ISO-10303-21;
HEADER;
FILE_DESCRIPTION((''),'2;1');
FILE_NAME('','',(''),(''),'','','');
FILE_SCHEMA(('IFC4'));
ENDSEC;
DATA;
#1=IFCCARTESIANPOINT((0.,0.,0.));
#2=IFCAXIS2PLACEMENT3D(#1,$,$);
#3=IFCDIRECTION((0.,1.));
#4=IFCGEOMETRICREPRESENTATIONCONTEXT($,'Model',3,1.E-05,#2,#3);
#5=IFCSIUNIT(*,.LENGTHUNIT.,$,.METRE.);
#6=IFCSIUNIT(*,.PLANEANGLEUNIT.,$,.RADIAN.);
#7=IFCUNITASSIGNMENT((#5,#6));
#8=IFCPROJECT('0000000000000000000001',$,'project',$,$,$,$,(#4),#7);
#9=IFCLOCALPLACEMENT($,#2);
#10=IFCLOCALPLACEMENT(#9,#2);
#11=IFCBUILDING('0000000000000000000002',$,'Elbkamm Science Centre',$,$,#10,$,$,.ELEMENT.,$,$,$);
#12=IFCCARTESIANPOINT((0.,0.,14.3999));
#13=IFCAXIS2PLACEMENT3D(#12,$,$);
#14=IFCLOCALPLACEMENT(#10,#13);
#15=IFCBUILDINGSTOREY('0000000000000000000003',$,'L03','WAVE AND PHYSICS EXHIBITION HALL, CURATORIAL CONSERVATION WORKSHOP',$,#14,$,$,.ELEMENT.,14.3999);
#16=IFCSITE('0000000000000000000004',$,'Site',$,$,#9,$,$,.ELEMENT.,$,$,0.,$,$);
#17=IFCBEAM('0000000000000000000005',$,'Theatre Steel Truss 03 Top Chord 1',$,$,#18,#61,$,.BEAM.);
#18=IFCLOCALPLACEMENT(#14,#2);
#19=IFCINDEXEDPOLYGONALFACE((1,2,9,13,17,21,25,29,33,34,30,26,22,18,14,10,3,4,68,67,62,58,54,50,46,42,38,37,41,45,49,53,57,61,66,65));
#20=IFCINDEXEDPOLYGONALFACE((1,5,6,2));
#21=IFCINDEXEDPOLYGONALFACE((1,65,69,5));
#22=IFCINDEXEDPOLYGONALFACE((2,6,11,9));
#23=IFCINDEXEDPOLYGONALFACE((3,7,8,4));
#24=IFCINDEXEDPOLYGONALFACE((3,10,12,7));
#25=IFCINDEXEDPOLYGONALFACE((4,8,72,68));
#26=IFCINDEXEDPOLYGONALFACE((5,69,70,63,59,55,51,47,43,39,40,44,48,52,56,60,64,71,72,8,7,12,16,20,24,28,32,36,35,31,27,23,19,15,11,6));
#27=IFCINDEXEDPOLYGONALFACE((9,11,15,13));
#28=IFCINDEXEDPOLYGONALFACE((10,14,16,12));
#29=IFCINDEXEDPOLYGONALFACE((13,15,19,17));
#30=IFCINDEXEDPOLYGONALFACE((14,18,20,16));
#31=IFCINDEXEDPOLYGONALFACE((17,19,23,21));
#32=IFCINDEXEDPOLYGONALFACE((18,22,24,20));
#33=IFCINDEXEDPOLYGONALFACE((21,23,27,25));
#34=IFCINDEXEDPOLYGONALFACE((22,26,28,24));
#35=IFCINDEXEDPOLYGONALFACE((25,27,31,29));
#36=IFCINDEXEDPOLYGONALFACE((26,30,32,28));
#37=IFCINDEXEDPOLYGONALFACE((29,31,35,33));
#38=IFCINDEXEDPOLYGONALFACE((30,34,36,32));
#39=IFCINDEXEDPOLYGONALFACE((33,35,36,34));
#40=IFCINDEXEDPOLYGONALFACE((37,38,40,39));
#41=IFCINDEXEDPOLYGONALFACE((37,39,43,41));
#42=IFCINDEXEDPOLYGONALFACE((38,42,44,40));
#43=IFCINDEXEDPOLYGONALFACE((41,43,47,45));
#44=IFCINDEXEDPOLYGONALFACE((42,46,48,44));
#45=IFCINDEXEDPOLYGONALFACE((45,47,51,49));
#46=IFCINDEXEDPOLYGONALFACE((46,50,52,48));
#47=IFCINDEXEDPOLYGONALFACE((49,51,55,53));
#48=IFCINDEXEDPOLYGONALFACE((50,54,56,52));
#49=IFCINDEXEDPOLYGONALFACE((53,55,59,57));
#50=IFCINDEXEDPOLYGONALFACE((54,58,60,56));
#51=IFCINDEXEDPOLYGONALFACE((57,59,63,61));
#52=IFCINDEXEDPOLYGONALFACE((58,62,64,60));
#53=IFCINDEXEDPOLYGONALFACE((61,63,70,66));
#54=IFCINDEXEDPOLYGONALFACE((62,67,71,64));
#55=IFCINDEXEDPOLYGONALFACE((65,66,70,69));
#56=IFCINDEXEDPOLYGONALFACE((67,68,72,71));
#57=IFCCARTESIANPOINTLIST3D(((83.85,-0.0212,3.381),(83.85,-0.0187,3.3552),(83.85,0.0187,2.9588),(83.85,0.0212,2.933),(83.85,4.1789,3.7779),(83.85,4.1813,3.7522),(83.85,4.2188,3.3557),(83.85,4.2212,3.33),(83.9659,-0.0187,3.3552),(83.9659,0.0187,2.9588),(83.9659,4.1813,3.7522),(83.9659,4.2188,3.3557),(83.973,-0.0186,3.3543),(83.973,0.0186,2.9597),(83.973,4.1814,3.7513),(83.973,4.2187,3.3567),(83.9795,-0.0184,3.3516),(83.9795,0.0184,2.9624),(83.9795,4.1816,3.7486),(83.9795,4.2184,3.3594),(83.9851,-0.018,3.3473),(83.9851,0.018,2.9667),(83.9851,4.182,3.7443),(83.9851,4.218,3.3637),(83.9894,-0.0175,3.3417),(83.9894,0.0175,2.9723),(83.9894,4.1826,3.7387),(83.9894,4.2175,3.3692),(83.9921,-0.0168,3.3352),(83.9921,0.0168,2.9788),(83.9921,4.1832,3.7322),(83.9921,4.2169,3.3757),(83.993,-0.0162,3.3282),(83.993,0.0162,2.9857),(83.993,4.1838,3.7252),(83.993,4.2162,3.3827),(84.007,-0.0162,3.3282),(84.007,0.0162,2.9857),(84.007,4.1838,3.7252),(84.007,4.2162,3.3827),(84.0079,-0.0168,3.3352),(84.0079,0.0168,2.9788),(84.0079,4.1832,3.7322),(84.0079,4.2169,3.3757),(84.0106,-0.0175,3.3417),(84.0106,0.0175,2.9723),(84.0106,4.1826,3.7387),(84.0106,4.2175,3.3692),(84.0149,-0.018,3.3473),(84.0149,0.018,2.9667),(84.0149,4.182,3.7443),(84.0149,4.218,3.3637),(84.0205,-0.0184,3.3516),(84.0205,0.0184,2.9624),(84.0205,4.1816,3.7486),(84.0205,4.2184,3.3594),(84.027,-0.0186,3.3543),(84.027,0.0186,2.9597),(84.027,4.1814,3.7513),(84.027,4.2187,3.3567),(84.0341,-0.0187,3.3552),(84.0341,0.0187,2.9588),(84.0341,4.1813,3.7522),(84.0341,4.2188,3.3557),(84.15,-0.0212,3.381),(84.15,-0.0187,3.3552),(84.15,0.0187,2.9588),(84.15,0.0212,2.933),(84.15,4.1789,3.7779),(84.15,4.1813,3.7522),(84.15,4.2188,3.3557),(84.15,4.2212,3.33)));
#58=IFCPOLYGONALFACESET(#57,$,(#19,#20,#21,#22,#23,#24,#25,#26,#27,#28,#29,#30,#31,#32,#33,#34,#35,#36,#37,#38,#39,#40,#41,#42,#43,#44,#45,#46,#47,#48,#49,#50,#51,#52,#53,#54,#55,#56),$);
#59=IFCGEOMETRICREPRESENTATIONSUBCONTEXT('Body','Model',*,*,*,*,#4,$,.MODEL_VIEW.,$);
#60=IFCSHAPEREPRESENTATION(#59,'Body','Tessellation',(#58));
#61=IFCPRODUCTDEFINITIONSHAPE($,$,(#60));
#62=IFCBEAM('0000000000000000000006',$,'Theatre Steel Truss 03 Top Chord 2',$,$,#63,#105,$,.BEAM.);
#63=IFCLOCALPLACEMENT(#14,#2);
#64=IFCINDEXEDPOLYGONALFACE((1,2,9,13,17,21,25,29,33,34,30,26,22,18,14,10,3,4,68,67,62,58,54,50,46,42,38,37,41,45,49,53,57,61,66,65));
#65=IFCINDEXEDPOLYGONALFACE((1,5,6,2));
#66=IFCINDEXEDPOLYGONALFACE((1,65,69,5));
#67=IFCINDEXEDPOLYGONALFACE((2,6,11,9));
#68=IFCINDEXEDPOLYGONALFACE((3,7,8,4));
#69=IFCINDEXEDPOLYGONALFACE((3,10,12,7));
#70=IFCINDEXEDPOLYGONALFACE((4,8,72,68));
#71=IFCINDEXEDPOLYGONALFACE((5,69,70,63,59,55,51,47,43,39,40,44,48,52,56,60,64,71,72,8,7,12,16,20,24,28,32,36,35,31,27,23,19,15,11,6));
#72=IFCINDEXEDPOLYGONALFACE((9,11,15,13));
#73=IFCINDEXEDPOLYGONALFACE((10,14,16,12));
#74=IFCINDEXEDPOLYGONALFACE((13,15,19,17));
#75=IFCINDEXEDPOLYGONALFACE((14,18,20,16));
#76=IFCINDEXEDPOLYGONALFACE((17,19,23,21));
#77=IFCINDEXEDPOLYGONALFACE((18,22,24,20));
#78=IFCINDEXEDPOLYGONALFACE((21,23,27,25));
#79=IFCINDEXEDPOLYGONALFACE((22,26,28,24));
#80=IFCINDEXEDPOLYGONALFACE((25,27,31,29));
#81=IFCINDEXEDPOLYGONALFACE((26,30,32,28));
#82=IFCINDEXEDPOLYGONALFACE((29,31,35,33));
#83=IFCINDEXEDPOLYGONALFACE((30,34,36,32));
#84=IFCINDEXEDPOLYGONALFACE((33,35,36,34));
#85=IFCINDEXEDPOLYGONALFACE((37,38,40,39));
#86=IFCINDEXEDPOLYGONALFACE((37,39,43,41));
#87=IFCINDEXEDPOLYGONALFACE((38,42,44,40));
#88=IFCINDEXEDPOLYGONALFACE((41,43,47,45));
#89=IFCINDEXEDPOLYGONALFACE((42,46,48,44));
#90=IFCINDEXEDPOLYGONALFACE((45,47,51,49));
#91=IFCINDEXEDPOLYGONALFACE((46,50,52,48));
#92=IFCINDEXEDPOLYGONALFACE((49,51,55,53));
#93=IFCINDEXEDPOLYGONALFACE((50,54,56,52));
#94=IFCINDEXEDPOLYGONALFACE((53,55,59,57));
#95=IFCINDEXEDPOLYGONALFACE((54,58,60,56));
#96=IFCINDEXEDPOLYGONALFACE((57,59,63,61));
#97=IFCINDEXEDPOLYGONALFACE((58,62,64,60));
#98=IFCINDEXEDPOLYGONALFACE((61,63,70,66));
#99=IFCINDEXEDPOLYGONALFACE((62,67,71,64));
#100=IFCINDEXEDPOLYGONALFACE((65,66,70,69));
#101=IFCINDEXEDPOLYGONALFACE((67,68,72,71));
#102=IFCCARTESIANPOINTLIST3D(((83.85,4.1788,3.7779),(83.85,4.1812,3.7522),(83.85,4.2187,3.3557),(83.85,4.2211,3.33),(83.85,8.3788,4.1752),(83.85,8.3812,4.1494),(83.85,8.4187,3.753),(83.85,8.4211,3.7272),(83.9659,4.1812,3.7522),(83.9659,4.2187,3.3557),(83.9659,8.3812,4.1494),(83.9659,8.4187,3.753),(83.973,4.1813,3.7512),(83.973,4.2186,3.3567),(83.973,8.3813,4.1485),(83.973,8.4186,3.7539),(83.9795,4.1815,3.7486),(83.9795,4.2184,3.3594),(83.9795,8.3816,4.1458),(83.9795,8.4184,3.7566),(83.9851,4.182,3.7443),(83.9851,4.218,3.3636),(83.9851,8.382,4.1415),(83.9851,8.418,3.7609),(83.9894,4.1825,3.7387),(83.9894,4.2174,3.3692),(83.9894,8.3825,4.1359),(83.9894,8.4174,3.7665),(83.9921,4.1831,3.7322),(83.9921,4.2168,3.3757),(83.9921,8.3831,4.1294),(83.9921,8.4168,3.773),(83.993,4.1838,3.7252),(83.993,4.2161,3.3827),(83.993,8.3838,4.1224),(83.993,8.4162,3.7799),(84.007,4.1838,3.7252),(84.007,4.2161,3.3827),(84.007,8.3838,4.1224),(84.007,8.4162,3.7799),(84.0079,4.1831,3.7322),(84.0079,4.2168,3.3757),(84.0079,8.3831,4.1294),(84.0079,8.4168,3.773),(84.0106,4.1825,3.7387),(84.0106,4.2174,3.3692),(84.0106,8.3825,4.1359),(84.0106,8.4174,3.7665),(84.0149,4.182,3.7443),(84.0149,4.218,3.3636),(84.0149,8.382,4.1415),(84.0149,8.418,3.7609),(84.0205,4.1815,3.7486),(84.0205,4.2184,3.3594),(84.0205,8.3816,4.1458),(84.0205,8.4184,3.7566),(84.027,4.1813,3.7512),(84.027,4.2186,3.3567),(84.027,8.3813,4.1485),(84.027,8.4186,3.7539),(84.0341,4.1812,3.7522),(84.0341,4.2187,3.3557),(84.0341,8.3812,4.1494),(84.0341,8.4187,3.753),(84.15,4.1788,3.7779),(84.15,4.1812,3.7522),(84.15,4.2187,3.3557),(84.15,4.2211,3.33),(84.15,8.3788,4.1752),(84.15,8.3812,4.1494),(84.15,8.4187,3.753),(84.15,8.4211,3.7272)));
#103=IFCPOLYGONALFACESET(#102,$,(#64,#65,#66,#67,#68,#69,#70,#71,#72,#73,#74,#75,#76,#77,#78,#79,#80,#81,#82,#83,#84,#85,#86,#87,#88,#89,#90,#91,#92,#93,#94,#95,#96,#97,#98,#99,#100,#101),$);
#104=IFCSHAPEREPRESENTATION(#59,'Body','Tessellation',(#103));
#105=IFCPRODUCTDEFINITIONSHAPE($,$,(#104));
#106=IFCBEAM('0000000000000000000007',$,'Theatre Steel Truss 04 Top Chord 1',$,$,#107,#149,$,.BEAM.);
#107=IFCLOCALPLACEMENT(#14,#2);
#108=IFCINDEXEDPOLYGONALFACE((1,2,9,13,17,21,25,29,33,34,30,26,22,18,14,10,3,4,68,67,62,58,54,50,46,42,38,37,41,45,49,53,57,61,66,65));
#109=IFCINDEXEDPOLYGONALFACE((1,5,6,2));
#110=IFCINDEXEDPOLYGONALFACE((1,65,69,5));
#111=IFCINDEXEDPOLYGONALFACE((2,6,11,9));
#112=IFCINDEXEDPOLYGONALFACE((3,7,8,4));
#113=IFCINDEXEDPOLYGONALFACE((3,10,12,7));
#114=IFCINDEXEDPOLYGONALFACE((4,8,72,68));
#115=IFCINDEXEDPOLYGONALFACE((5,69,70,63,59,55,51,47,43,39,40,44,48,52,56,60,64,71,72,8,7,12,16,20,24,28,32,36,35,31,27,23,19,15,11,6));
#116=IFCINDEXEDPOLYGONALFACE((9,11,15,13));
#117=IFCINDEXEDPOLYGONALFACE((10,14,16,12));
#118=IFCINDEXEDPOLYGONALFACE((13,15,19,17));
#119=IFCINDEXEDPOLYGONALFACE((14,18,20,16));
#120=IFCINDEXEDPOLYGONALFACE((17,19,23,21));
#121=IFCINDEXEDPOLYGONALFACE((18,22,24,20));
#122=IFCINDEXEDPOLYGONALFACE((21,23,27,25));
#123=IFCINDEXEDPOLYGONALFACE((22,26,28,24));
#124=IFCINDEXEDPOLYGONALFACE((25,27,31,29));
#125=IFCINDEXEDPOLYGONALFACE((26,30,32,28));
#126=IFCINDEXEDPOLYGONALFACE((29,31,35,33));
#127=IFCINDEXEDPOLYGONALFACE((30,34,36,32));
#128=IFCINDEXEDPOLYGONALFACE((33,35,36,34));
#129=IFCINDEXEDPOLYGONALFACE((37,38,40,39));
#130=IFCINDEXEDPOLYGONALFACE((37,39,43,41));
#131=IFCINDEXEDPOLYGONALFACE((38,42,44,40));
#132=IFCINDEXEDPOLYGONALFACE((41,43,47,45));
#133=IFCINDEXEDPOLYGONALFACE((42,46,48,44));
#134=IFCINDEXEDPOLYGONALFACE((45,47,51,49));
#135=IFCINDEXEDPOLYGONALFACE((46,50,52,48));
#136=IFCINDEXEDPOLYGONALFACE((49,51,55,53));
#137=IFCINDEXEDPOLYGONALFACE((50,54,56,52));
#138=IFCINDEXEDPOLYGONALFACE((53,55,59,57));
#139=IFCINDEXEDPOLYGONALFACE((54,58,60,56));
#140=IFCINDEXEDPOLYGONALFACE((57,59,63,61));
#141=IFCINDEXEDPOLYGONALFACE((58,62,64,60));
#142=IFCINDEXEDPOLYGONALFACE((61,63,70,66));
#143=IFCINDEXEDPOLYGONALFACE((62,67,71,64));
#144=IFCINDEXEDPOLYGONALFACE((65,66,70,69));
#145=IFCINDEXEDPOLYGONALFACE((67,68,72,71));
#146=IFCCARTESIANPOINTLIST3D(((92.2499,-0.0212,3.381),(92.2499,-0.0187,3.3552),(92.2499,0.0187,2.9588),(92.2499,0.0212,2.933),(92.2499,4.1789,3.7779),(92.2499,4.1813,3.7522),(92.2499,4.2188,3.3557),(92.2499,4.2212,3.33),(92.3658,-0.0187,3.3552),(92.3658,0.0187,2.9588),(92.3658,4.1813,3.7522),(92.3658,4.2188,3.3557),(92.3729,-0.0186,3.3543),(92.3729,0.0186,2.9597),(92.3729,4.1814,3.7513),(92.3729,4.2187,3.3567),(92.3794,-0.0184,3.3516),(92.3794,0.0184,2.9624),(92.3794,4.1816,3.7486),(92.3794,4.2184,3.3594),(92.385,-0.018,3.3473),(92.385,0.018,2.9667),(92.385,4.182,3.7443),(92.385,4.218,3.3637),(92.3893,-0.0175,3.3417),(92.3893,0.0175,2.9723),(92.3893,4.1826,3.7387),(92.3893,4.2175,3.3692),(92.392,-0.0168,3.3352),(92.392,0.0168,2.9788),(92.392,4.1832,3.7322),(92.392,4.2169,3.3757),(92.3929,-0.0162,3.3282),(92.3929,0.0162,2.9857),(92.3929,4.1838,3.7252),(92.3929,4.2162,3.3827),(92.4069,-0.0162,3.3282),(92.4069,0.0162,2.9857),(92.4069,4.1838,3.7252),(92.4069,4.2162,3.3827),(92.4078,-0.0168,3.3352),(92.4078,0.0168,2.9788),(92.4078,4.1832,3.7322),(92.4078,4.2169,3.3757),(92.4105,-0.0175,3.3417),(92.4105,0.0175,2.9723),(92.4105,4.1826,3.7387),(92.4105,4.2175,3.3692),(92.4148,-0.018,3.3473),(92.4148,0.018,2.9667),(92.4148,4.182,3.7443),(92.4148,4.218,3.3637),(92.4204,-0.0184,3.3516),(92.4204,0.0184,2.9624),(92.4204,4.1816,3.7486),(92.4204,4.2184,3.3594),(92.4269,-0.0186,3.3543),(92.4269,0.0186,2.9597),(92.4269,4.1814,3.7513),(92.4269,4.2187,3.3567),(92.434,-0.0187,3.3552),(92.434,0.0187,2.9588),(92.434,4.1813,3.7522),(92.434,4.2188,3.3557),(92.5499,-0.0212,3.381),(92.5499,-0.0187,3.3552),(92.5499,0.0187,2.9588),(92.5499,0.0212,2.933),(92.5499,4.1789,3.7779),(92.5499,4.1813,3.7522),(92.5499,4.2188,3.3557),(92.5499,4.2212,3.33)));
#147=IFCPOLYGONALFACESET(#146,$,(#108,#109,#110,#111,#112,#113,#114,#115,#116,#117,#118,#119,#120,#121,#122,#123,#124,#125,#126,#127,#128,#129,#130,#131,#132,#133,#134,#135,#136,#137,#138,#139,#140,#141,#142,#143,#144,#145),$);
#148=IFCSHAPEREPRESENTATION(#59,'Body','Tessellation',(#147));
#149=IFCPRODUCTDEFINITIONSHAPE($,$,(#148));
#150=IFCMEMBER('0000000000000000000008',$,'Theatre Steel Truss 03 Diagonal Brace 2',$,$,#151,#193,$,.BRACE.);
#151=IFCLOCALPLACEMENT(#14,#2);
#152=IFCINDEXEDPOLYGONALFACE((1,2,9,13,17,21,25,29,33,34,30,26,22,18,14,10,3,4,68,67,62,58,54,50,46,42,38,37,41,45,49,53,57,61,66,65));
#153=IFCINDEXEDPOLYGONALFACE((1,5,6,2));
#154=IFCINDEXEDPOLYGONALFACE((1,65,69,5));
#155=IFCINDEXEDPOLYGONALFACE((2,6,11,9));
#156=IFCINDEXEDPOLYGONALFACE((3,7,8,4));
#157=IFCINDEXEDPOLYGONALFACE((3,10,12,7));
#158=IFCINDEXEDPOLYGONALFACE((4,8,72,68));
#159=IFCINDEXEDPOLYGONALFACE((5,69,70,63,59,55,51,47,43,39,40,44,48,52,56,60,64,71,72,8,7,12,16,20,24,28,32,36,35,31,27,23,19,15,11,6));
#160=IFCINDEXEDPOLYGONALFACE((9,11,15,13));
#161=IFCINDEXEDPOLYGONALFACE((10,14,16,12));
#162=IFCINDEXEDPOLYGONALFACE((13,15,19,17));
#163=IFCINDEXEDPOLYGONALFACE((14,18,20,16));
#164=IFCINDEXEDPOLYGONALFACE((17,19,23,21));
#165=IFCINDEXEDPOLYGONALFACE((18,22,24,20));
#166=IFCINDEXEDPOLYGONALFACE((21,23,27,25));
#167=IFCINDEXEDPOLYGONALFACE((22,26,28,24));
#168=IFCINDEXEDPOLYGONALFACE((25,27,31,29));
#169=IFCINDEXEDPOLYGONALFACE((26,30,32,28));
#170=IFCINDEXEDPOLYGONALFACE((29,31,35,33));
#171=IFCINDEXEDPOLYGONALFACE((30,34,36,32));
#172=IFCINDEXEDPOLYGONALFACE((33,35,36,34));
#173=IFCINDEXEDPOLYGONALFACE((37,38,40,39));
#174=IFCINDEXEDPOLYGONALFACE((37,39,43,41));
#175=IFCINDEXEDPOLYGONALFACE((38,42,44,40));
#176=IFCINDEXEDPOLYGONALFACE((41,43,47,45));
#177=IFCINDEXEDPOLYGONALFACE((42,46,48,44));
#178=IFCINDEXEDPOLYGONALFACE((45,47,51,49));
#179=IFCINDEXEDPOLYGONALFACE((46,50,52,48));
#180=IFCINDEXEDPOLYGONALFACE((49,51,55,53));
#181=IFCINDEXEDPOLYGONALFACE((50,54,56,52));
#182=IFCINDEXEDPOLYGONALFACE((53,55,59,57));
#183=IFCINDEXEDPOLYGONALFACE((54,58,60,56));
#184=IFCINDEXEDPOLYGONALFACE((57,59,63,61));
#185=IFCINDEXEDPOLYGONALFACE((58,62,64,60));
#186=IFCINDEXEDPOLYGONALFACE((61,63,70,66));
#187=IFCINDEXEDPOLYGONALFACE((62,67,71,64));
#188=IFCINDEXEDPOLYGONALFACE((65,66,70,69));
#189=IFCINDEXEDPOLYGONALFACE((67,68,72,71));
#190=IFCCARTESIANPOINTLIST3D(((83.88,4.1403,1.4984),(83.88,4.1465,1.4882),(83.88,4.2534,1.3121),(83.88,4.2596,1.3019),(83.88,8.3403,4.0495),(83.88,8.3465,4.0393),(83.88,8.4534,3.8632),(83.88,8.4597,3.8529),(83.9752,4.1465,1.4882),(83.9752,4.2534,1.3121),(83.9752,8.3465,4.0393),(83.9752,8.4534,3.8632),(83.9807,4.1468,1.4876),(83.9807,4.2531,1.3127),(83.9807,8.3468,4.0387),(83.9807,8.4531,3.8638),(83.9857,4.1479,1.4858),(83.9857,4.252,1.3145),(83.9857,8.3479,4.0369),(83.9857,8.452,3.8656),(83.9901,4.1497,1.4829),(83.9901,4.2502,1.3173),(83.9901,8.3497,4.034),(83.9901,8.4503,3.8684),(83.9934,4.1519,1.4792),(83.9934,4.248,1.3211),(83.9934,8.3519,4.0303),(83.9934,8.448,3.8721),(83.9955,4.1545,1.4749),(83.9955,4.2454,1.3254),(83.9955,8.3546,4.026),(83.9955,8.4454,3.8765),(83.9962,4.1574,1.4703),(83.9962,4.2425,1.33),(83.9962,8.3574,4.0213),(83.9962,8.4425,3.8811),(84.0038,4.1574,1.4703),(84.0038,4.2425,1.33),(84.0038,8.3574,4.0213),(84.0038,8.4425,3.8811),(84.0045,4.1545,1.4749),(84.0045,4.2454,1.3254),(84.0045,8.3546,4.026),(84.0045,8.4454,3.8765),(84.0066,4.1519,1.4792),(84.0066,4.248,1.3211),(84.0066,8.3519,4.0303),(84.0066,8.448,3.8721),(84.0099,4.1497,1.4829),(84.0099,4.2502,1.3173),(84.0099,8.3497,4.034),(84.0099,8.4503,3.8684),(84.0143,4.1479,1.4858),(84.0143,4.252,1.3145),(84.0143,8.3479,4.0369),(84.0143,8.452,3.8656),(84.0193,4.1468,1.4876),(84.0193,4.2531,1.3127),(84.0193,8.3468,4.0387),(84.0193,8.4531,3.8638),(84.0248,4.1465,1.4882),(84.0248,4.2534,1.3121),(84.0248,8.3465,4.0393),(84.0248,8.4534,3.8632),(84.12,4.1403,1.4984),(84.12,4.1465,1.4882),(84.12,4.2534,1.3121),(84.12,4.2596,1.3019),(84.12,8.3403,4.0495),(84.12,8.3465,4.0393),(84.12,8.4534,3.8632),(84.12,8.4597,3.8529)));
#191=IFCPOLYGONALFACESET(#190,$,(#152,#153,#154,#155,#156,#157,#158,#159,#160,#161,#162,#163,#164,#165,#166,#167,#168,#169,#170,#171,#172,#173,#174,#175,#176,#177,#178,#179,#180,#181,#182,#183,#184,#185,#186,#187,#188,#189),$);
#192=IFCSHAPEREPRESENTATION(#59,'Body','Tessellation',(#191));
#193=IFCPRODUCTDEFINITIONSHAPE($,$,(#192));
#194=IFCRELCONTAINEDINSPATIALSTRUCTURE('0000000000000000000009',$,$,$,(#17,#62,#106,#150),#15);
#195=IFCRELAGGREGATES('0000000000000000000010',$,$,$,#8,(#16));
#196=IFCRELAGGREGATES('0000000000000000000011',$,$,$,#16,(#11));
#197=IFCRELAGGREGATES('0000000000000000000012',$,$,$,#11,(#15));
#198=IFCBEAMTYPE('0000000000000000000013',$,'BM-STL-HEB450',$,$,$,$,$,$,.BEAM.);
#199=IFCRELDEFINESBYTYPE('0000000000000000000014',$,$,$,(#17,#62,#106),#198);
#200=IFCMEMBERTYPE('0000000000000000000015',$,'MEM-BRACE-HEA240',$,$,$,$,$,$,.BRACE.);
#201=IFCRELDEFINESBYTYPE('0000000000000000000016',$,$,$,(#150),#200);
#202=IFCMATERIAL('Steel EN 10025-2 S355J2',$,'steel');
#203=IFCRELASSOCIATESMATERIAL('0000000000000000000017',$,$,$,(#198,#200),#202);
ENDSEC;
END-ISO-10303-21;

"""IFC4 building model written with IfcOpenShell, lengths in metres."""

from ifc_helpers import new_model, si_unit, direction, frame, origin, origin_2d, place, context, subcontext, project, spatial, i_section, extrude, material, material_profile, profile_set, type_object, element, save


model = new_model("IFC4")

# Units and contexts
model_context = context("Model", 3, precision=1e-05, world=origin(), true_north=direction((0.0, 1.0)))
body_context = subcontext(model_context, "Body", "Model", "MODEL_VIEW")
ifc_project = project(units=[si_unit("LENGTHUNIT", "METRE"), si_unit("PLANEANGLEUNIT", "RADIAN")], contexts=[model_context])

# Site, building, storey
site_placement = place(None, origin())
site = spatial("IfcSite", under=ifc_project, at=site_placement, Name="Site", CompositionType="ELEMENT", RefElevation=0.0)
building_placement = place(site_placement, origin())
building = spatial("IfcBuilding", under=site, at=building_placement, Name="Elbkamm Science Centre", CompositionType="ELEMENT")
storey_placement = place(building_placement, frame((0.0, 0.0, 14.3999)))
storey = spatial("IfcBuildingStorey", under=building, at=storey_placement, Name="L03", Description="WAVE AND PHYSICS EXHIBITION HALL, CURATORIAL CONSERVATION WORKSHOP", CompositionType="ELEMENT", Elevation=14.3999)

# Beams
ifc_material_1 = material(Name="Steel EN 10025-2 S355J2", Category="steel")
ifc_material_profile_1 = material_profile(ifc_material_1, i_section(OverallWidth=0.3, OverallDepth=0.45, WebThickness=0.0139, FlangeThickness=0.0259, FilletRadius=0.0271, at=origin_2d()), Name="HEB 450")
ifc_profile_set_1 = profile_set([ifc_material_profile_1], Name="Steel EN 10025-2 S355J2")
beam_type_1 = type_object("IfcBeamType", Name="BM-STL-HEB450", PredefinedType="BEAM", material=ifc_profile_set_1)
for number, where, z_axis, x_axis, name in (
    (1, (84.0, 0.0, 3.157), (0.0, 0.995563, 0.094099), (-1.0, 0.0, 0.0), "Theatre Steel Truss 03 Top Chord 1"),
    (2, (84.0, 4.2, 3.554), (0.0, 0.995557, 0.094156), (-1.0, 0.0, 0.0), "Theatre Steel Truss 03 Top Chord 2"),
    (3, (92.3999, 0.0, 3.157), (0.0, 0.995563, 0.094099), (-1.0, 0.0, 0.0), "Theatre Steel Truss 04 Top Chord 1"),
):
    element("IfcBeam", number, at=place(storey_placement, frame(where, z_axis=z_axis, x_axis=x_axis)), inside=storey, type_object=beam_type_1, Name=name, PredefinedType="BEAM", context=body_context, shape_type="SweptSolid", body=[
        extrude(i_section(OverallWidth=0.3, OverallDepth=0.45, WebThickness=0.0139, FlangeThickness=0.0259, FilletRadius=0.0271, at=origin_2d()), origin(), (0.0, 0.0, 1.0), 4.2188),
    ])

# Member
ifc_material_profile_2 = material_profile(ifc_material_1, i_section(OverallWidth=0.24, OverallDepth=0.23, WebThickness=0.0076, FlangeThickness=0.012, FilletRadius=0.021, at=origin_2d()), Name="HEA 240")
ifc_profile_set_2 = profile_set([ifc_material_profile_2], Name="Steel EN 10025-2 S355J2")
member_type_1 = type_object("IfcMemberType", Name="MEM-BRACE-HEA240", PredefinedType="BRACE", material=ifc_profile_set_2)
member_1_placement = place(storey_placement, frame((84.0, 4.2, 1.4001), z_axis=(0.0, 0.854692, 0.519135), x_axis=(-1.0, 0.0, 0.0)))
element("IfcMember", 4, at=member_1_placement, inside=storey, type_object=member_type_1, Name="Theatre Steel Truss 03 Diagonal Brace 2", PredefinedType="BRACE", context=body_context, shape_type="SweptSolid", body=[
    extrude(i_section(OverallWidth=0.24, OverallDepth=0.23, WebThickness=0.0076, FlangeThickness=0.012, FilletRadius=0.021, at=origin_2d()), origin(), (0.0, 0.0, 1.0), 4.9141),
])

save(model, "model.ifc")
